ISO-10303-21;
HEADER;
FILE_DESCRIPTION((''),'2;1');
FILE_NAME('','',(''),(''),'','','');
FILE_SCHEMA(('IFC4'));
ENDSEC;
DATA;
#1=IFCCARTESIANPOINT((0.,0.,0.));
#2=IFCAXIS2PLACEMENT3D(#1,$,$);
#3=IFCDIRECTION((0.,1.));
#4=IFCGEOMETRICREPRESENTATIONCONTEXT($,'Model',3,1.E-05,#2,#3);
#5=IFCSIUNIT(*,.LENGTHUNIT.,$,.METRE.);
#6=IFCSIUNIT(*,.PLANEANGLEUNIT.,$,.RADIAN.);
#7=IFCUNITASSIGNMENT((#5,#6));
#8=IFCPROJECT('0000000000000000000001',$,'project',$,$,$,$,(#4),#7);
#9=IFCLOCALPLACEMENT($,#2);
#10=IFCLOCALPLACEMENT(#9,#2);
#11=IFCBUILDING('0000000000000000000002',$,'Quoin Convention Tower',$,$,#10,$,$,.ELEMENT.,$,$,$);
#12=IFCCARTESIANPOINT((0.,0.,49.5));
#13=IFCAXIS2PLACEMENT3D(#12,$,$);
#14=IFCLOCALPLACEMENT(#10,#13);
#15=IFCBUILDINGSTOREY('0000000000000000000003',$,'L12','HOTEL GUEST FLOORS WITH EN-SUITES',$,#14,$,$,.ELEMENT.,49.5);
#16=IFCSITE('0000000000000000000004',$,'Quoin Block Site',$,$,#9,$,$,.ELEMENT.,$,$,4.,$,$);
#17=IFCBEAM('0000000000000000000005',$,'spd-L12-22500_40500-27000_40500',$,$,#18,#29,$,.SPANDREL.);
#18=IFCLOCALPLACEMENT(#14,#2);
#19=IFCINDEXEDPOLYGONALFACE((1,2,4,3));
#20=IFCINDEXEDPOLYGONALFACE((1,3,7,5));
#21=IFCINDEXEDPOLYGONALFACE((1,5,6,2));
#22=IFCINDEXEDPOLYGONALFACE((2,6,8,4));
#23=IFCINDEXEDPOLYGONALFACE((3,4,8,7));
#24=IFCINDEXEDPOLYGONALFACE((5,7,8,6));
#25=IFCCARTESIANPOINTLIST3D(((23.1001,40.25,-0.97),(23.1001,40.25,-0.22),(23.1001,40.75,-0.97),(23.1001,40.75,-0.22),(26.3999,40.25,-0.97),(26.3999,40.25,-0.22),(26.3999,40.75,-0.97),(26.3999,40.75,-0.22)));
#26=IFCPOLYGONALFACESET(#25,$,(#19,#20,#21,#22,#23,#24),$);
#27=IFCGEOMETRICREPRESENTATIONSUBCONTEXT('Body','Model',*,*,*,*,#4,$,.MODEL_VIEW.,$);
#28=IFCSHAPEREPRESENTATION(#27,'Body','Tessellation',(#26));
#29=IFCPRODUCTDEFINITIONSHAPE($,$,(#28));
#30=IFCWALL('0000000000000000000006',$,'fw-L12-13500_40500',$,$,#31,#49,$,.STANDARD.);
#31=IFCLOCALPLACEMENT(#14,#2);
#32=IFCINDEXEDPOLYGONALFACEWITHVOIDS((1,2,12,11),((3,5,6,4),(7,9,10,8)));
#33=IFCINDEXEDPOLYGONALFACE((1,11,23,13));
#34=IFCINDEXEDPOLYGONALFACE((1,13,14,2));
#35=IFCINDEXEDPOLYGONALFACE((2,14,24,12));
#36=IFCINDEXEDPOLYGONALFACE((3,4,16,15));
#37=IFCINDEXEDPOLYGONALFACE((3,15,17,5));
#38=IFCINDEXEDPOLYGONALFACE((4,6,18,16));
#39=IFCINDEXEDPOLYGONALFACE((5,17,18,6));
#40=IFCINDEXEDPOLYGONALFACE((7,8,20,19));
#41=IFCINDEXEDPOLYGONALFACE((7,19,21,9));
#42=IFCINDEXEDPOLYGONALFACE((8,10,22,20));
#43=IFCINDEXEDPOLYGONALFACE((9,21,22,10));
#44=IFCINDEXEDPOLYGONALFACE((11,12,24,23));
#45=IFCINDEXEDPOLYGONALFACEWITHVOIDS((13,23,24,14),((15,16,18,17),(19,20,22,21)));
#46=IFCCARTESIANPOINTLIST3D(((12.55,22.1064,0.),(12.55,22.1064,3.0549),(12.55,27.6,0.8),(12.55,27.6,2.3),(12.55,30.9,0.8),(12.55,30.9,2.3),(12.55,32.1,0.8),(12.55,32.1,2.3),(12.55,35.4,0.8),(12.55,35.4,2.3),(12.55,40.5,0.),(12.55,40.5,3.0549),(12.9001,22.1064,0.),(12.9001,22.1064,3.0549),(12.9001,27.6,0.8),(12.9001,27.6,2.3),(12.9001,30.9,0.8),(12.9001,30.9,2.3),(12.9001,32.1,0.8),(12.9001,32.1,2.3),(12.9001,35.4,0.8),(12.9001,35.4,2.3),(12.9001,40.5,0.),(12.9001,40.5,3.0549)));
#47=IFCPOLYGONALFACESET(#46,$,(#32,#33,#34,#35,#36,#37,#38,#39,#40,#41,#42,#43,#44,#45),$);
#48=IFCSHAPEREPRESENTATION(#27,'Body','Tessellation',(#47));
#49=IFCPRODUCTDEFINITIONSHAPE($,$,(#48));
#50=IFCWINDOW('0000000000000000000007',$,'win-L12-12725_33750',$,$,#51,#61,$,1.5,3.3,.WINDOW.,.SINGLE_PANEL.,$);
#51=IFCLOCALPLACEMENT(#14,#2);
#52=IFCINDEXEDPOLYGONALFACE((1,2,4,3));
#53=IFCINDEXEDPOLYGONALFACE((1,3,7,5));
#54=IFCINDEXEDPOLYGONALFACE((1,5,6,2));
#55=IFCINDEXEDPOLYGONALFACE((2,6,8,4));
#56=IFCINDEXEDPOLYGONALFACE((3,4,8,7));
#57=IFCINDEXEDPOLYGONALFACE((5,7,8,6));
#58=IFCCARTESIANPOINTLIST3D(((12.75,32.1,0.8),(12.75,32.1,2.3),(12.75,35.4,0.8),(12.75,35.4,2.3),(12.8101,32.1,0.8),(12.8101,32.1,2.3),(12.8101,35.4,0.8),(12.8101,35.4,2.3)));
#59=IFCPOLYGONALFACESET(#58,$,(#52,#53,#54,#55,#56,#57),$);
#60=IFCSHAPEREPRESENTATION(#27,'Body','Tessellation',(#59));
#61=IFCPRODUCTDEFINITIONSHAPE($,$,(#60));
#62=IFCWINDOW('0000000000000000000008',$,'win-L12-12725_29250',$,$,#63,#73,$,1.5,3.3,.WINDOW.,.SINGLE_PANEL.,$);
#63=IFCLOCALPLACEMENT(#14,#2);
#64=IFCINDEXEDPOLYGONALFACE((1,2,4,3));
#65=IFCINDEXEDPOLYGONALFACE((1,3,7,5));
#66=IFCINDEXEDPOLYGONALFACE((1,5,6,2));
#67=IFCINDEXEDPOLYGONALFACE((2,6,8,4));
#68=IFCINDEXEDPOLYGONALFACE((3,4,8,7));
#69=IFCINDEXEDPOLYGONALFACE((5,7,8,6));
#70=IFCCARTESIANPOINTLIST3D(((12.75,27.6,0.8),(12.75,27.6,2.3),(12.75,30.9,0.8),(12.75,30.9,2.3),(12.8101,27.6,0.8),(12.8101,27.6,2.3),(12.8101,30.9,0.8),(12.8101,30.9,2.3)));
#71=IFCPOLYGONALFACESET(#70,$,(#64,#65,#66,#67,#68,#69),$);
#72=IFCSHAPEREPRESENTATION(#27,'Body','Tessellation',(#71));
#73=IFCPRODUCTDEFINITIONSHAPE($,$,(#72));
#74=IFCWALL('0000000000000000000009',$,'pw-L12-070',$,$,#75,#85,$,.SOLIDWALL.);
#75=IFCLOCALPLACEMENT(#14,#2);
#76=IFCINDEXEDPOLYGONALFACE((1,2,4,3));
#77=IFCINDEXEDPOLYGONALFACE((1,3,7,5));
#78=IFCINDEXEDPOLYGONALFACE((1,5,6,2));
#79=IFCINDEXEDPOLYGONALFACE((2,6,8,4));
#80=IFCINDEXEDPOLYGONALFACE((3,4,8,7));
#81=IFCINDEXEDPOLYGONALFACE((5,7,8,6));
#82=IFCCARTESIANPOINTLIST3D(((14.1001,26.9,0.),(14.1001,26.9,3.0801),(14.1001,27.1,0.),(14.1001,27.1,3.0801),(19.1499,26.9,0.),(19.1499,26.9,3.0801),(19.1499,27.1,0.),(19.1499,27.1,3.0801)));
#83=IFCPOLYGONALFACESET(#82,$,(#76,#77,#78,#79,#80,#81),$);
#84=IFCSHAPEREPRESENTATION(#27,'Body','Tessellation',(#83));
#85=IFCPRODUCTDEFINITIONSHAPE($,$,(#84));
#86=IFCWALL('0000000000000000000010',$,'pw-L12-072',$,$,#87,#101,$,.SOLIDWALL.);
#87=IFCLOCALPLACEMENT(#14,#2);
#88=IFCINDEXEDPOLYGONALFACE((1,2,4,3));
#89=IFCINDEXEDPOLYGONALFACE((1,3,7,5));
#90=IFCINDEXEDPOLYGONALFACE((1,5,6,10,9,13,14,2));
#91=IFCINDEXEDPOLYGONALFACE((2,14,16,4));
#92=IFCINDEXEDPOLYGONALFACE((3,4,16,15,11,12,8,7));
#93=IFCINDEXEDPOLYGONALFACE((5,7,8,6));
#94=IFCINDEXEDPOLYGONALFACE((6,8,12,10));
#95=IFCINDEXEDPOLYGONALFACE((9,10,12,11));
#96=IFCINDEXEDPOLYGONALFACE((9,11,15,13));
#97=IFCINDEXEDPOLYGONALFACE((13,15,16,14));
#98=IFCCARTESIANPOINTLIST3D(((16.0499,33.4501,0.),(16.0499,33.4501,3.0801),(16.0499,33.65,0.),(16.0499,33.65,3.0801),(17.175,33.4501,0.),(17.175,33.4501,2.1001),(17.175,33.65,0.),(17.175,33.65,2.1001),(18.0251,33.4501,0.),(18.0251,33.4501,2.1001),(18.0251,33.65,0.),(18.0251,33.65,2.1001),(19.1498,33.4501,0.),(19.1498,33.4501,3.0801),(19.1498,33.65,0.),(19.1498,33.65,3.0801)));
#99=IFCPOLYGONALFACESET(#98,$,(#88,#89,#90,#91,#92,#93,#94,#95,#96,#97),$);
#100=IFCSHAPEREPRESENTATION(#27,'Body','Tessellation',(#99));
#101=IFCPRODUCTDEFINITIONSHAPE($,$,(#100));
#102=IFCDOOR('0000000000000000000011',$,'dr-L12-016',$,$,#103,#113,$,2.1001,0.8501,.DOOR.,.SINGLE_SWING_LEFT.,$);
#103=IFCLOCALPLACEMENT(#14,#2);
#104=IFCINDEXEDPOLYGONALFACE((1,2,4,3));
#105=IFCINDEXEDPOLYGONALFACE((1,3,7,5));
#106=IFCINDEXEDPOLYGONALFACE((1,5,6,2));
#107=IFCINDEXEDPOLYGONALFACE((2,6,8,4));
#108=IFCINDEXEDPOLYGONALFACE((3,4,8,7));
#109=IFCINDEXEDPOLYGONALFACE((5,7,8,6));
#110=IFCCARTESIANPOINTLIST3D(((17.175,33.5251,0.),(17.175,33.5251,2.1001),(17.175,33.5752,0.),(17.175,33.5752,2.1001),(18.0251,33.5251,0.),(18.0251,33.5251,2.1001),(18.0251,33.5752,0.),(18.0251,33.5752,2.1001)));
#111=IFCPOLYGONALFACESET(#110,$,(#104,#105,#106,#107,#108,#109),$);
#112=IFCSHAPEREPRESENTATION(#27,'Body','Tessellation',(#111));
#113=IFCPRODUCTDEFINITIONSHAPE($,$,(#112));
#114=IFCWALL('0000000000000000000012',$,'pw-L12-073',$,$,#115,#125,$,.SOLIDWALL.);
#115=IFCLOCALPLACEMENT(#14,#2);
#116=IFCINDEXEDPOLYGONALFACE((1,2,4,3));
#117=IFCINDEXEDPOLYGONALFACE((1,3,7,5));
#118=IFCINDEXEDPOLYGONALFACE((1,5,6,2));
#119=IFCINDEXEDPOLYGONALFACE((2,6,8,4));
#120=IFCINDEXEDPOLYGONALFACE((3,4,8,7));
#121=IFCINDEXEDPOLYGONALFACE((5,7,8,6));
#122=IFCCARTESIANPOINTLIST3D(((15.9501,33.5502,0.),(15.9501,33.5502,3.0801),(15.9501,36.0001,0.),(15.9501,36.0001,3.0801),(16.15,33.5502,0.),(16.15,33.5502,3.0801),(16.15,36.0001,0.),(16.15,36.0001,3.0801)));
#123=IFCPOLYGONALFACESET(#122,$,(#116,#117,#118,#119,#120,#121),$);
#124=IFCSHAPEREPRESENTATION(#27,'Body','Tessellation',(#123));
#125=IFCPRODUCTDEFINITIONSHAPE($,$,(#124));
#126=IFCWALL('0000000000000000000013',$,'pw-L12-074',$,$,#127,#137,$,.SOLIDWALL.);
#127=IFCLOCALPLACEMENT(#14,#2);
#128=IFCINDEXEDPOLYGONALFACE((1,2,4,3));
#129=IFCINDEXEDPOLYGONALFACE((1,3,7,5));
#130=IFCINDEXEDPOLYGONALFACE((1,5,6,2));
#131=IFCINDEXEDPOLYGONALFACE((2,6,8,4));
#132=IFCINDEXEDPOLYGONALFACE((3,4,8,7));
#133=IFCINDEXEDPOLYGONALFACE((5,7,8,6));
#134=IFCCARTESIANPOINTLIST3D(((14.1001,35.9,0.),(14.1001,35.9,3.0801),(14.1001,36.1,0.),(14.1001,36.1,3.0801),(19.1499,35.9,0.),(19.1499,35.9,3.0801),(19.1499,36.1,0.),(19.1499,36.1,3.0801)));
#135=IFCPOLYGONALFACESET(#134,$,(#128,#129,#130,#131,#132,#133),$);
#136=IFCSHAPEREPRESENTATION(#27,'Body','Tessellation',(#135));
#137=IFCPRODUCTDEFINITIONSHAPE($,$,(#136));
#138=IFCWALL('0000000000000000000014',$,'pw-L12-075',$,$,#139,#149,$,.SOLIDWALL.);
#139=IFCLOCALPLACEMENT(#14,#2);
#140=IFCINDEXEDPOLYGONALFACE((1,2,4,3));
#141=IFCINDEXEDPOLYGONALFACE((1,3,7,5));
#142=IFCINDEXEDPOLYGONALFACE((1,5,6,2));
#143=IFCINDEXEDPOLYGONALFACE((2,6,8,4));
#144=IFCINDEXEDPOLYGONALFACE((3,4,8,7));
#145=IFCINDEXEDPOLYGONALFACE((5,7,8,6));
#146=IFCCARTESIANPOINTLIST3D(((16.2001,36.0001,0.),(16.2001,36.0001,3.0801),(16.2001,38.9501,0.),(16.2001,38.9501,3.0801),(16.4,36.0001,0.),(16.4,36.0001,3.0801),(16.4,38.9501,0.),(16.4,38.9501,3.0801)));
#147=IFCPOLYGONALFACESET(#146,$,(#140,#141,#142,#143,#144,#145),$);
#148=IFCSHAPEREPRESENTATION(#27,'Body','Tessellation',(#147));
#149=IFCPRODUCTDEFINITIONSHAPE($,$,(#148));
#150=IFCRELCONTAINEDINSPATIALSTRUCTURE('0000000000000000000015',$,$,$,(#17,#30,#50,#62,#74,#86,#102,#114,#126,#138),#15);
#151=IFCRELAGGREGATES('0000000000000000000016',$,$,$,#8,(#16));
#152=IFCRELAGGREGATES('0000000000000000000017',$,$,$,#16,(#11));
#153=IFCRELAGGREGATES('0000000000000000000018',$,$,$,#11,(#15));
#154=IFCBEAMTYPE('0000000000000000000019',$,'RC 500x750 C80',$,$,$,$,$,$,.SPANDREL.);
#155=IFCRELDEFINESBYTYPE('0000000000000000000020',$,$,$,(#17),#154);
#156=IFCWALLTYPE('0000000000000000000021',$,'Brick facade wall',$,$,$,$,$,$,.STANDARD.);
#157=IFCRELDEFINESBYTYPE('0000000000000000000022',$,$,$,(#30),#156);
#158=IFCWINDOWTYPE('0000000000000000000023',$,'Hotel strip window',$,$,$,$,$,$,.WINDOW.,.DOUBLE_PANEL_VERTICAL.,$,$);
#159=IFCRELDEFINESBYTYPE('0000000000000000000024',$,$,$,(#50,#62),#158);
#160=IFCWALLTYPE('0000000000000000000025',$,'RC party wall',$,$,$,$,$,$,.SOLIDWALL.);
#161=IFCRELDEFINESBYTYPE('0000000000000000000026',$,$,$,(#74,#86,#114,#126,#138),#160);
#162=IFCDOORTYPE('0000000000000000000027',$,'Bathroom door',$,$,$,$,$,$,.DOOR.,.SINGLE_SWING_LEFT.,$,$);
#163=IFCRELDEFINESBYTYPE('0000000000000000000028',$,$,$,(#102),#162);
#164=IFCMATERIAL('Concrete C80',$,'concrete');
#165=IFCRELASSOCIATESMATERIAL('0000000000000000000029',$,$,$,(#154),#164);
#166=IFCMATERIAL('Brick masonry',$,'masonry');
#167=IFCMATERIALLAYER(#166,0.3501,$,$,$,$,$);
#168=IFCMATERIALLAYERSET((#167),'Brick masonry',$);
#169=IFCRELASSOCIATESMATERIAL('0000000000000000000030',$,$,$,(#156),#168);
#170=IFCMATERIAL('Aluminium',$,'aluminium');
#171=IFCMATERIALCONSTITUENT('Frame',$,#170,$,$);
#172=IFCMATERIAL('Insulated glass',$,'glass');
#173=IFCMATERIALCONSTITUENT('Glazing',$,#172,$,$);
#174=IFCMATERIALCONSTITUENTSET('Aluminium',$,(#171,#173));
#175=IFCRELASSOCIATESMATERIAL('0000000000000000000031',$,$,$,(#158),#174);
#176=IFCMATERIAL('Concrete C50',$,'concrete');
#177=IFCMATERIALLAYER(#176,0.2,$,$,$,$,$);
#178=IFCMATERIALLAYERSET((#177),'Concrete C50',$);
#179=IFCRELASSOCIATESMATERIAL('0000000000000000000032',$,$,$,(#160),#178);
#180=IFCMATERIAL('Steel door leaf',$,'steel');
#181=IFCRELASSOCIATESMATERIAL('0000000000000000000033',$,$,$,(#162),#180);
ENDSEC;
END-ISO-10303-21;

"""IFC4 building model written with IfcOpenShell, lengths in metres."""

from ifc_helpers import new_model, si_unit, direction, frame, frame_2d, origin, origin_2d, place, context, subcontext, project, spatial, rectangle, extrude, material, layer, layer_set, constituent, constituent_set, material_profile, profile_set, type_object, element, fill, save


model = new_model("IFC4")

# Units and contexts
model_context = context("Model", 3, precision=1e-05, world=origin(), true_north=direction((0.0, 1.0)))
body_context = subcontext(model_context, "Body", "Model", "MODEL_VIEW")
ifc_project = project(units=[si_unit("LENGTHUNIT", "METRE"), si_unit("PLANEANGLEUNIT", "RADIAN")], contexts=[model_context])

# Site, building, storey
site_placement = place(None, origin())
site = spatial("IfcSite", under=ifc_project, at=site_placement, Name="Quoin Block Site", CompositionType="ELEMENT", RefElevation=4.0)
building_placement = place(site_placement, origin())
building = spatial("IfcBuilding", under=site, at=building_placement, Name="Quoin Convention Tower", CompositionType="ELEMENT")
storey_placement = place(building_placement, frame((0.0, 0.0, 49.5)))
storey = spatial("IfcBuildingStorey", under=building, at=storey_placement, Name="L12", Description="HOTEL GUEST FLOORS WITH EN-SUITES", CompositionType="ELEMENT", Elevation=49.5)

# Shared definitions
ifc_material_1 = material(Name="Concrete C80", Category="concrete")

# Beam
ifc_material_profile_1 = material_profile(ifc_material_1, rectangle(XDim=0.5, YDim=0.75, at=origin_2d()), Name="RC 500x750")
ifc_profile_set_1 = profile_set([ifc_material_profile_1], Name="Concrete C80")
beam_type_1 = type_object("IfcBeamType", Name="RC 500x750 C80", PredefinedType="SPANDREL", material=ifc_profile_set_1)
for number, where, z_axis, x_axis, name in (
    (1, (23.1001, 40.5, -0.595), (1.0, 0.0, 0.0), (0.0, 1.0, 0.0), "spd-L12-22500_40500-27000_40500"),
):
    element("IfcBeam", number, at=place(storey_placement, frame(where, z_axis=z_axis, x_axis=x_axis)), inside=storey, type_object=beam_type_1, Name=name, PredefinedType="SPANDREL", context=body_context, shape_type="SweptSolid", body=[
        extrude(rectangle(XDim=0.5, YDim=0.75, at=origin_2d()), origin(), (0.0, 0.0, 1.0), 3.2998),
    ])

# Wall, openings, windows
ifc_material_2 = material(Name="Brick masonry", Category="masonry")
ifc_layer_1 = layer(ifc_material_2, 0.3501)
ifc_layer_set_1 = layer_set([ifc_layer_1], Name="Brick masonry")
wall_type_1 = type_object("IfcWallType", Name="Brick facade wall", PredefinedType="STANDARD", material=ifc_layer_set_1)
wall_1_placement = place(storey_placement, frame((12.7251, 40.5, 0.0), z_axis=(0.0, 0.0, 1.0), x_axis=(0.0, -1.0, 0.0)))
wall_1 = element("IfcWall", 2, at=wall_1_placement, inside=storey, type_object=wall_type_1, Name="fw-L12-13500_40500", PredefinedType="STANDARD", context=body_context, shape_type="SweptSolid", body=[
    extrude(rectangle(XDim=18.3936, YDim=0.3501, at=frame_2d((9.1968, 0.0))), origin(), (0.0, 0.0, 1.0), 3.0549),
])
opening_1_placement = place(wall_1_placement, frame((5.1001, 0.0, 0.8)))
opening_1 = element("IfcOpeningElement", 3, at=opening_1_placement, cuts=wall_1, PredefinedType="OPENING", context=body_context, shape_type="SweptSolid", body=[
    extrude(rectangle(XDim=3.3, YDim=1.5, at=frame_2d((1.6499, 0.75))), frame((0.0, 0.1851, 0.0), z_axis=(0.0, -1.0, 0.0), x_axis=(1.0, 0.0, 0.0)), (0.0, 0.0, 1.0), 0.3701),
])
opening_2_placement = place(wall_1_placement, frame((9.6001, 0.0, 0.8)))
opening_2 = element("IfcOpeningElement", 4, at=opening_2_placement, cuts=wall_1, PredefinedType="OPENING", context=body_context, shape_type="SweptSolid", body=[
    extrude(rectangle(XDim=3.3, YDim=1.5, at=frame_2d((1.6499, 0.75))), frame((0.0, 0.1851, 0.0), z_axis=(0.0, -1.0, 0.0), x_axis=(1.0, 0.0, 0.0)), (0.0, 0.0, 1.0), 0.3701),
])
ifc_material_3 = material(Name="Aluminium", Category="aluminium")
ifc_constituent_1 = constituent(ifc_material_3, Name="Frame")
ifc_material_4 = material(Name="Insulated glass", Category="glass")
ifc_constituent_2 = constituent(ifc_material_4, Name="Glazing")
ifc_constituent_set = constituent_set(constituents=[ifc_constituent_1, ifc_constituent_2], Name="Aluminium")
window_type = type_object("IfcWindowType", Name="Hotel strip window", PartitioningType="DOUBLE_PANEL_VERTICAL", PredefinedType="WINDOW", material=ifc_constituent_set)
window_1_placement = place(opening_1_placement, origin())
window_1 = element("IfcWindow", 5, at=window_1_placement, inside=storey, type_object=window_type, Name="win-L12-12725_33750", OverallHeight=1.5, OverallWidth=3.3, PartitioningType="SINGLE_PANEL", PredefinedType="WINDOW", context=body_context, shape_type="SweptSolid", body=[
    extrude(rectangle(XDim=3.3, YDim=1.5, at=frame_2d((1.6499, 0.75))), frame((0.0, 0.085, 0.0), z_axis=(0.0, -1.0, 0.0), x_axis=(1.0, 0.0, 0.0)), (0.0, 0.0, 1.0), 0.0601),
])
fill(opening_1, window_1)
window_2_placement = place(opening_2_placement, origin())
window_2 = element("IfcWindow", 6, at=window_2_placement, inside=storey, type_object=window_type, Name="win-L12-12725_29250", OverallHeight=1.5, OverallWidth=3.3, PartitioningType="SINGLE_PANEL", PredefinedType="WINDOW", context=body_context, shape_type="SweptSolid", body=[
    extrude(rectangle(XDim=3.3, YDim=1.5, at=frame_2d((1.6499, 0.75))), frame((0.0, 0.085, 0.0), z_axis=(0.0, -1.0, 0.0), x_axis=(1.0, 0.0, 0.0)), (0.0, 0.0, 1.0), 0.0601),
])
fill(opening_2, window_2)

# Wall
ifc_material_5 = material(Name="Concrete C50", Category="concrete")
ifc_layer_2 = layer(ifc_material_5, 0.2)
ifc_layer_set_2 = layer_set([ifc_layer_2], Name="Concrete C50")
wall_type_2 = type_object("IfcWallType", Name="RC party wall", PredefinedType="SOLIDWALL", material=ifc_layer_set_2)
wall_2_placement = place(storey_placement, frame((14.1001, 27.0, 0.0), z_axis=(0.0, 0.0, 1.0), x_axis=(1.0, 0.0, 0.0)))
element("IfcWall", 7, at=wall_2_placement, inside=storey, type_object=wall_type_2, Name="pw-L12-070", PredefinedType="SOLIDWALL", context=body_context, shape_type="SweptSolid", body=[
    extrude(rectangle(XDim=5.0498, YDim=0.2, at=frame_2d((2.5249, 0.0))), origin(), (0.0, 0.0, 1.0), 3.0801),
])

# Wall, opening, door
wall_3_placement = place(storey_placement, frame((16.05, 33.55, 0.0), z_axis=(0.0, 0.0, 1.0), x_axis=(1.0, 0.0, 0.0)))
wall_3 = element("IfcWall", 8, at=wall_3_placement, inside=storey, type_object=wall_type_2, Name="pw-L12-072", PredefinedType="SOLIDWALL", context=body_context, shape_type="SweptSolid", body=[
    extrude(rectangle(XDim=3.0999, YDim=0.2, at=frame_2d((1.5498, 0.0))), origin(), (0.0, 0.0, 1.0), 3.0801),
])
opening_3_placement = place(wall_3_placement, frame((1.125, 0.0, 0.0)))
opening_3 = element("IfcOpeningElement", 9, at=opening_3_placement, cuts=wall_3, PredefinedType="OPENING", context=body_context, shape_type="SweptSolid", body=[
    extrude(rectangle(XDim=0.8501, YDim=2.1001, at=frame_2d((0.425, 1.05))), frame((0.0, 0.1099, 0.0), z_axis=(0.0, -1.0, 0.0), x_axis=(1.0, 0.0, 0.0)), (0.0, 0.0, 1.0), 0.22),
])
ifc_material_6 = material(Name="Steel door leaf", Category="steel")
door_type_1 = type_object("IfcDoorType", Name="Bathroom door", OperationType="SINGLE_SWING_LEFT", PredefinedType="DOOR", material=ifc_material_6)
door_1_placement = place(opening_3_placement, frame((0.8501, 0.0, 0.0), z_axis=(0.0, 0.0, 1.0), x_axis=(-1.0, 0.0, 0.0)))
door_1 = element("IfcDoor", 10, at=door_1_placement, inside=storey, type_object=door_type_1, Name="dr-L12-016", OperationType="SINGLE_SWING_LEFT", OverallHeight=2.1001, OverallWidth=0.8501, PredefinedType="DOOR", context=body_context, shape_type="SweptSolid", body=[
    extrude(rectangle(XDim=0.8501, YDim=2.1001, at=frame_2d((0.425, 1.05))), frame((0.0, 0.0249, 0.0), z_axis=(0.0, -1.0, 0.0), x_axis=(1.0, 0.0, 0.0)), (0.0, 0.0, 1.0), 0.05),
])
fill(opening_3, door_1)

# Walls
wall_4_placement = place(storey_placement, frame((16.05, 33.55, 0.0), z_axis=(0.0, 0.0, 1.0), x_axis=(0.0, 1.0, 0.0)))
element("IfcWall", 11, at=wall_4_placement, inside=storey, type_object=wall_type_2, Name="pw-L12-073", PredefinedType="SOLIDWALL", context=body_context, shape_type="SweptSolid", body=[
    extrude(rectangle(XDim=2.45, YDim=0.2, at=frame_2d((1.2251, 0.0))), origin(), (0.0, 0.0, 1.0), 3.0801),
])
wall_5_placement = place(storey_placement, frame((14.1001, 36.0, 0.0), z_axis=(0.0, 0.0, 1.0), x_axis=(1.0, 0.0, 0.0)))
element("IfcWall", 12, at=wall_5_placement, inside=storey, type_object=wall_type_2, Name="pw-L12-074", PredefinedType="SOLIDWALL", context=body_context, shape_type="SweptSolid", body=[
    extrude(rectangle(XDim=5.0498, YDim=0.2, at=frame_2d((2.5249, 0.0))), origin(), (0.0, 0.0, 1.0), 3.0801),
])
wall_6_placement = place(storey_placement, frame((16.3, 36.0, 0.0), z_axis=(0.0, 0.0, 1.0), x_axis=(0.0, 1.0, 0.0)))
element("IfcWall", 13, at=wall_6_placement, inside=storey, type_object=wall_type_2, Name="pw-L12-075", PredefinedType="SOLIDWALL", context=body_context, shape_type="SweptSolid", body=[
    extrude(rectangle(XDim=2.95, YDim=0.2, at=frame_2d((1.4751, 0.0))), origin(), (0.0, 0.0, 1.0), 3.0801),
])

save(model, "model.ifc")
